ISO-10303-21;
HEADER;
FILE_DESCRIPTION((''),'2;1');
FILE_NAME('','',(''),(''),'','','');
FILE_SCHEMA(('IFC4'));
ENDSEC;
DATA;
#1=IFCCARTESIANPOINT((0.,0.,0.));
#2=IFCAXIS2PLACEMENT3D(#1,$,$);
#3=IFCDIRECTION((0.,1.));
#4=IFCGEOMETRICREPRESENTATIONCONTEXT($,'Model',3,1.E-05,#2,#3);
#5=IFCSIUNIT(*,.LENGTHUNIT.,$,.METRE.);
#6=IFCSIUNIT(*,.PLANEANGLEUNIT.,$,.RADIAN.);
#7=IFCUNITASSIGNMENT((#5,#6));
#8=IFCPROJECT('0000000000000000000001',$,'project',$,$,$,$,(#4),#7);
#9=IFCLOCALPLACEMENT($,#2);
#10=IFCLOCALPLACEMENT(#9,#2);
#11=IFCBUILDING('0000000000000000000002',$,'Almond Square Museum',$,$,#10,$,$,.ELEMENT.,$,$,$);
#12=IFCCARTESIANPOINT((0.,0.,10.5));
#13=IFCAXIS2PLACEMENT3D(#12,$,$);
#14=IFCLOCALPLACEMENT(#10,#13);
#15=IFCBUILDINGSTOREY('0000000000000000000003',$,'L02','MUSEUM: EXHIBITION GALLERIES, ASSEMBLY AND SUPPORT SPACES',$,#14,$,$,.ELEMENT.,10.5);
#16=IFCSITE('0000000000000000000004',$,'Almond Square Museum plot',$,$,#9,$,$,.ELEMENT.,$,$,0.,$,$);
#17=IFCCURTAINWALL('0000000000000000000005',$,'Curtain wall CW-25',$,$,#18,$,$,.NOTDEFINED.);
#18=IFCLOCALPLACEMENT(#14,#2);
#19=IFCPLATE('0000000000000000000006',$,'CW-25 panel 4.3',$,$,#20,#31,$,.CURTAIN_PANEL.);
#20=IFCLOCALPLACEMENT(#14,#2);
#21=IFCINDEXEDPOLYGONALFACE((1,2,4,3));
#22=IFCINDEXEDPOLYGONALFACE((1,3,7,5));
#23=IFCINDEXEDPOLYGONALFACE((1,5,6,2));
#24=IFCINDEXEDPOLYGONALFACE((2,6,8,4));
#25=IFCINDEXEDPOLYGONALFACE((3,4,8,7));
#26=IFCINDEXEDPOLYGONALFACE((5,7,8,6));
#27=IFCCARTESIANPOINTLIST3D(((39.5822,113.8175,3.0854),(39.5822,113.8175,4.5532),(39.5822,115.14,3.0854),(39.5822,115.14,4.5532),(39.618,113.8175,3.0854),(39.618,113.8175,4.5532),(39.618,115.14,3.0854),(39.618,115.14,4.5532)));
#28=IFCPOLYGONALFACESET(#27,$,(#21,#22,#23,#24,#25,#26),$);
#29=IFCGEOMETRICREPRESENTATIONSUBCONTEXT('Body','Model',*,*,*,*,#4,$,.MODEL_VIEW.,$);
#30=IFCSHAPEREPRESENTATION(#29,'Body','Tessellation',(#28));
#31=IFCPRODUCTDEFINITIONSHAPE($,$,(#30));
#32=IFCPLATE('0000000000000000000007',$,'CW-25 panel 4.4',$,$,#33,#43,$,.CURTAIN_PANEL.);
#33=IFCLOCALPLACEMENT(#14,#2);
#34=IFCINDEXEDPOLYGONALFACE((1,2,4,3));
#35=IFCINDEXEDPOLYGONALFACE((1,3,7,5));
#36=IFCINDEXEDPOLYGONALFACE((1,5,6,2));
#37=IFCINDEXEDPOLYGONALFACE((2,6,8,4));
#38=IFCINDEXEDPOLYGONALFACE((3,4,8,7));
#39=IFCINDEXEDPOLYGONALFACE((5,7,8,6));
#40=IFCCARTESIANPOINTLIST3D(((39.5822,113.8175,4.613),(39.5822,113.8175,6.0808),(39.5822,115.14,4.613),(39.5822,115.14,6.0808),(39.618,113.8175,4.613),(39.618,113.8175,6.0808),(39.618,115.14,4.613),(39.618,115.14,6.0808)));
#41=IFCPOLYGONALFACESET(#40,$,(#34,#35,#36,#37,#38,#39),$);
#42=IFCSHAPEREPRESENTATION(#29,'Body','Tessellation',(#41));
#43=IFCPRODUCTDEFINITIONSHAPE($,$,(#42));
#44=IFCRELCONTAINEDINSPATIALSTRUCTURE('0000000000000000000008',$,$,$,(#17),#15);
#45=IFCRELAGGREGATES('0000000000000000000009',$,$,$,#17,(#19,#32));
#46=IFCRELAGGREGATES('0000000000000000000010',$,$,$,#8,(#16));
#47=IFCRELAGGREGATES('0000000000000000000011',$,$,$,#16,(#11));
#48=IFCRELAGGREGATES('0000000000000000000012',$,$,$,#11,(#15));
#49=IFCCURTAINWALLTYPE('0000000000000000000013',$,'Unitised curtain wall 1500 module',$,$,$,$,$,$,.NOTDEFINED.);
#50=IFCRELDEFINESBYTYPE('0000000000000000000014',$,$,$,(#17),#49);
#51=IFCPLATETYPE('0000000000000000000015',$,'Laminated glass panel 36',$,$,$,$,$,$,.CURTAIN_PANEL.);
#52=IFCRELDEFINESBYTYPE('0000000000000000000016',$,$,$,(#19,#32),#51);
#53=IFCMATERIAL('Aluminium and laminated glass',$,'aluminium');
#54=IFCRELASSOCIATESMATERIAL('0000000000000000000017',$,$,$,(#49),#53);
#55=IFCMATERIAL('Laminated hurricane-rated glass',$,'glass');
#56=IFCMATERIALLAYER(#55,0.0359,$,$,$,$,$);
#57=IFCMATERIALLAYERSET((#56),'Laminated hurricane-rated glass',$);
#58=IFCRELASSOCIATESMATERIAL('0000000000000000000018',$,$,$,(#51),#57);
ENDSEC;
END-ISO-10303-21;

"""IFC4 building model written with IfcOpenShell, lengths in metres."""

from ifc_helpers import new_model, si_unit, direction, frame, origin, origin_2d, place, context, subcontext, project, spatial, rectangle, extrude, material, layer, layer_set, type_object, element, aggregate, save


model = new_model("IFC4")

# Units and contexts
model_context = context("Model", 3, precision=1e-05, world=origin(), true_north=direction((0.0, 1.0)))
body_context = subcontext(model_context, "Body", "Model", "MODEL_VIEW")
ifc_project = project(units=[si_unit("LENGTHUNIT", "METRE"), si_unit("PLANEANGLEUNIT", "RADIAN")], contexts=[model_context])

# Site, building, storey
site_placement = place(None, origin())
site = spatial("IfcSite", under=ifc_project, at=site_placement, Name="Almond Square Museum plot", CompositionType="ELEMENT", RefElevation=0.0)
building_placement = place(site_placement, origin())
building = spatial("IfcBuilding", under=site, at=building_placement, Name="Almond Square Museum", CompositionType="ELEMENT")
storey_placement = place(building_placement, frame((0.0, 0.0, 10.5)))
storey = spatial("IfcBuildingStorey", under=building, at=storey_placement, Name="L02", Description="MUSEUM: EXHIBITION GALLERIES, ASSEMBLY AND SUPPORT SPACES", CompositionType="ELEMENT", Elevation=10.5)

# Shared definitions
ifc_material_1 = material(Name="Aluminium and laminated glass", Category="aluminium")
curtain_wall_type = type_object("IfcCurtainWallType", Name="Unitised curtain wall 1500 module", PredefinedType="NOTDEFINED", material=ifc_material_1)

# Curtain wall
curtain_wall_1_placement = place(storey_placement, origin())
curtain_wall_1 = element("IfcCurtainWall", 1, at=curtain_wall_1_placement, inside=storey, type_object=curtain_wall_type, Name="Curtain wall CW-25", PredefinedType="NOTDEFINED")

# Plates
ifc_material_2 = material(Name="Laminated hurricane-rated glass", Category="glass")
ifc_layer = layer(ifc_material_2, 0.0359)
ifc_layer_set = layer_set([ifc_layer], Name="Laminated hurricane-rated glass")
plate_type = type_object("IfcPlateType", Name="Laminated glass panel 36", PredefinedType="CURTAIN_PANEL", material=ifc_layer_set)
plate_1_placement = place(storey_placement, frame((39.6001, 114.4788, 3.0854), z_axis=(0.0, 0.0, 1.0), x_axis=(0.0, 1.0, 0.0)))
plate_1 = element("IfcPlate", 2, at=plate_1_placement, type_object=plate_type, Name="CW-25 panel 4.3", PredefinedType="CURTAIN_PANEL", context=body_context, shape_type="SweptSolid", body=[
    extrude(rectangle(XDim=1.3225, YDim=0.0359, at=origin_2d()), origin(), (0.0, 0.0, 1.0), 1.4678),
])
plate_2_placement = place(storey_placement, frame((39.6001, 114.4788, 4.613), z_axis=(0.0, 0.0, 1.0), x_axis=(0.0, 1.0, 0.0)))
plate_2 = element("IfcPlate", 3, at=plate_2_placement, type_object=plate_type, Name="CW-25 panel 4.4", PredefinedType="CURTAIN_PANEL", context=body_context, shape_type="SweptSolid", body=[
    extrude(rectangle(XDim=1.3225, YDim=0.0359, at=origin_2d()), origin(), (0.0, 0.0, 1.0), 1.4678),
])
aggregate(curtain_wall_1, [plate_1, plate_2])

save(model, "model.ifc")
